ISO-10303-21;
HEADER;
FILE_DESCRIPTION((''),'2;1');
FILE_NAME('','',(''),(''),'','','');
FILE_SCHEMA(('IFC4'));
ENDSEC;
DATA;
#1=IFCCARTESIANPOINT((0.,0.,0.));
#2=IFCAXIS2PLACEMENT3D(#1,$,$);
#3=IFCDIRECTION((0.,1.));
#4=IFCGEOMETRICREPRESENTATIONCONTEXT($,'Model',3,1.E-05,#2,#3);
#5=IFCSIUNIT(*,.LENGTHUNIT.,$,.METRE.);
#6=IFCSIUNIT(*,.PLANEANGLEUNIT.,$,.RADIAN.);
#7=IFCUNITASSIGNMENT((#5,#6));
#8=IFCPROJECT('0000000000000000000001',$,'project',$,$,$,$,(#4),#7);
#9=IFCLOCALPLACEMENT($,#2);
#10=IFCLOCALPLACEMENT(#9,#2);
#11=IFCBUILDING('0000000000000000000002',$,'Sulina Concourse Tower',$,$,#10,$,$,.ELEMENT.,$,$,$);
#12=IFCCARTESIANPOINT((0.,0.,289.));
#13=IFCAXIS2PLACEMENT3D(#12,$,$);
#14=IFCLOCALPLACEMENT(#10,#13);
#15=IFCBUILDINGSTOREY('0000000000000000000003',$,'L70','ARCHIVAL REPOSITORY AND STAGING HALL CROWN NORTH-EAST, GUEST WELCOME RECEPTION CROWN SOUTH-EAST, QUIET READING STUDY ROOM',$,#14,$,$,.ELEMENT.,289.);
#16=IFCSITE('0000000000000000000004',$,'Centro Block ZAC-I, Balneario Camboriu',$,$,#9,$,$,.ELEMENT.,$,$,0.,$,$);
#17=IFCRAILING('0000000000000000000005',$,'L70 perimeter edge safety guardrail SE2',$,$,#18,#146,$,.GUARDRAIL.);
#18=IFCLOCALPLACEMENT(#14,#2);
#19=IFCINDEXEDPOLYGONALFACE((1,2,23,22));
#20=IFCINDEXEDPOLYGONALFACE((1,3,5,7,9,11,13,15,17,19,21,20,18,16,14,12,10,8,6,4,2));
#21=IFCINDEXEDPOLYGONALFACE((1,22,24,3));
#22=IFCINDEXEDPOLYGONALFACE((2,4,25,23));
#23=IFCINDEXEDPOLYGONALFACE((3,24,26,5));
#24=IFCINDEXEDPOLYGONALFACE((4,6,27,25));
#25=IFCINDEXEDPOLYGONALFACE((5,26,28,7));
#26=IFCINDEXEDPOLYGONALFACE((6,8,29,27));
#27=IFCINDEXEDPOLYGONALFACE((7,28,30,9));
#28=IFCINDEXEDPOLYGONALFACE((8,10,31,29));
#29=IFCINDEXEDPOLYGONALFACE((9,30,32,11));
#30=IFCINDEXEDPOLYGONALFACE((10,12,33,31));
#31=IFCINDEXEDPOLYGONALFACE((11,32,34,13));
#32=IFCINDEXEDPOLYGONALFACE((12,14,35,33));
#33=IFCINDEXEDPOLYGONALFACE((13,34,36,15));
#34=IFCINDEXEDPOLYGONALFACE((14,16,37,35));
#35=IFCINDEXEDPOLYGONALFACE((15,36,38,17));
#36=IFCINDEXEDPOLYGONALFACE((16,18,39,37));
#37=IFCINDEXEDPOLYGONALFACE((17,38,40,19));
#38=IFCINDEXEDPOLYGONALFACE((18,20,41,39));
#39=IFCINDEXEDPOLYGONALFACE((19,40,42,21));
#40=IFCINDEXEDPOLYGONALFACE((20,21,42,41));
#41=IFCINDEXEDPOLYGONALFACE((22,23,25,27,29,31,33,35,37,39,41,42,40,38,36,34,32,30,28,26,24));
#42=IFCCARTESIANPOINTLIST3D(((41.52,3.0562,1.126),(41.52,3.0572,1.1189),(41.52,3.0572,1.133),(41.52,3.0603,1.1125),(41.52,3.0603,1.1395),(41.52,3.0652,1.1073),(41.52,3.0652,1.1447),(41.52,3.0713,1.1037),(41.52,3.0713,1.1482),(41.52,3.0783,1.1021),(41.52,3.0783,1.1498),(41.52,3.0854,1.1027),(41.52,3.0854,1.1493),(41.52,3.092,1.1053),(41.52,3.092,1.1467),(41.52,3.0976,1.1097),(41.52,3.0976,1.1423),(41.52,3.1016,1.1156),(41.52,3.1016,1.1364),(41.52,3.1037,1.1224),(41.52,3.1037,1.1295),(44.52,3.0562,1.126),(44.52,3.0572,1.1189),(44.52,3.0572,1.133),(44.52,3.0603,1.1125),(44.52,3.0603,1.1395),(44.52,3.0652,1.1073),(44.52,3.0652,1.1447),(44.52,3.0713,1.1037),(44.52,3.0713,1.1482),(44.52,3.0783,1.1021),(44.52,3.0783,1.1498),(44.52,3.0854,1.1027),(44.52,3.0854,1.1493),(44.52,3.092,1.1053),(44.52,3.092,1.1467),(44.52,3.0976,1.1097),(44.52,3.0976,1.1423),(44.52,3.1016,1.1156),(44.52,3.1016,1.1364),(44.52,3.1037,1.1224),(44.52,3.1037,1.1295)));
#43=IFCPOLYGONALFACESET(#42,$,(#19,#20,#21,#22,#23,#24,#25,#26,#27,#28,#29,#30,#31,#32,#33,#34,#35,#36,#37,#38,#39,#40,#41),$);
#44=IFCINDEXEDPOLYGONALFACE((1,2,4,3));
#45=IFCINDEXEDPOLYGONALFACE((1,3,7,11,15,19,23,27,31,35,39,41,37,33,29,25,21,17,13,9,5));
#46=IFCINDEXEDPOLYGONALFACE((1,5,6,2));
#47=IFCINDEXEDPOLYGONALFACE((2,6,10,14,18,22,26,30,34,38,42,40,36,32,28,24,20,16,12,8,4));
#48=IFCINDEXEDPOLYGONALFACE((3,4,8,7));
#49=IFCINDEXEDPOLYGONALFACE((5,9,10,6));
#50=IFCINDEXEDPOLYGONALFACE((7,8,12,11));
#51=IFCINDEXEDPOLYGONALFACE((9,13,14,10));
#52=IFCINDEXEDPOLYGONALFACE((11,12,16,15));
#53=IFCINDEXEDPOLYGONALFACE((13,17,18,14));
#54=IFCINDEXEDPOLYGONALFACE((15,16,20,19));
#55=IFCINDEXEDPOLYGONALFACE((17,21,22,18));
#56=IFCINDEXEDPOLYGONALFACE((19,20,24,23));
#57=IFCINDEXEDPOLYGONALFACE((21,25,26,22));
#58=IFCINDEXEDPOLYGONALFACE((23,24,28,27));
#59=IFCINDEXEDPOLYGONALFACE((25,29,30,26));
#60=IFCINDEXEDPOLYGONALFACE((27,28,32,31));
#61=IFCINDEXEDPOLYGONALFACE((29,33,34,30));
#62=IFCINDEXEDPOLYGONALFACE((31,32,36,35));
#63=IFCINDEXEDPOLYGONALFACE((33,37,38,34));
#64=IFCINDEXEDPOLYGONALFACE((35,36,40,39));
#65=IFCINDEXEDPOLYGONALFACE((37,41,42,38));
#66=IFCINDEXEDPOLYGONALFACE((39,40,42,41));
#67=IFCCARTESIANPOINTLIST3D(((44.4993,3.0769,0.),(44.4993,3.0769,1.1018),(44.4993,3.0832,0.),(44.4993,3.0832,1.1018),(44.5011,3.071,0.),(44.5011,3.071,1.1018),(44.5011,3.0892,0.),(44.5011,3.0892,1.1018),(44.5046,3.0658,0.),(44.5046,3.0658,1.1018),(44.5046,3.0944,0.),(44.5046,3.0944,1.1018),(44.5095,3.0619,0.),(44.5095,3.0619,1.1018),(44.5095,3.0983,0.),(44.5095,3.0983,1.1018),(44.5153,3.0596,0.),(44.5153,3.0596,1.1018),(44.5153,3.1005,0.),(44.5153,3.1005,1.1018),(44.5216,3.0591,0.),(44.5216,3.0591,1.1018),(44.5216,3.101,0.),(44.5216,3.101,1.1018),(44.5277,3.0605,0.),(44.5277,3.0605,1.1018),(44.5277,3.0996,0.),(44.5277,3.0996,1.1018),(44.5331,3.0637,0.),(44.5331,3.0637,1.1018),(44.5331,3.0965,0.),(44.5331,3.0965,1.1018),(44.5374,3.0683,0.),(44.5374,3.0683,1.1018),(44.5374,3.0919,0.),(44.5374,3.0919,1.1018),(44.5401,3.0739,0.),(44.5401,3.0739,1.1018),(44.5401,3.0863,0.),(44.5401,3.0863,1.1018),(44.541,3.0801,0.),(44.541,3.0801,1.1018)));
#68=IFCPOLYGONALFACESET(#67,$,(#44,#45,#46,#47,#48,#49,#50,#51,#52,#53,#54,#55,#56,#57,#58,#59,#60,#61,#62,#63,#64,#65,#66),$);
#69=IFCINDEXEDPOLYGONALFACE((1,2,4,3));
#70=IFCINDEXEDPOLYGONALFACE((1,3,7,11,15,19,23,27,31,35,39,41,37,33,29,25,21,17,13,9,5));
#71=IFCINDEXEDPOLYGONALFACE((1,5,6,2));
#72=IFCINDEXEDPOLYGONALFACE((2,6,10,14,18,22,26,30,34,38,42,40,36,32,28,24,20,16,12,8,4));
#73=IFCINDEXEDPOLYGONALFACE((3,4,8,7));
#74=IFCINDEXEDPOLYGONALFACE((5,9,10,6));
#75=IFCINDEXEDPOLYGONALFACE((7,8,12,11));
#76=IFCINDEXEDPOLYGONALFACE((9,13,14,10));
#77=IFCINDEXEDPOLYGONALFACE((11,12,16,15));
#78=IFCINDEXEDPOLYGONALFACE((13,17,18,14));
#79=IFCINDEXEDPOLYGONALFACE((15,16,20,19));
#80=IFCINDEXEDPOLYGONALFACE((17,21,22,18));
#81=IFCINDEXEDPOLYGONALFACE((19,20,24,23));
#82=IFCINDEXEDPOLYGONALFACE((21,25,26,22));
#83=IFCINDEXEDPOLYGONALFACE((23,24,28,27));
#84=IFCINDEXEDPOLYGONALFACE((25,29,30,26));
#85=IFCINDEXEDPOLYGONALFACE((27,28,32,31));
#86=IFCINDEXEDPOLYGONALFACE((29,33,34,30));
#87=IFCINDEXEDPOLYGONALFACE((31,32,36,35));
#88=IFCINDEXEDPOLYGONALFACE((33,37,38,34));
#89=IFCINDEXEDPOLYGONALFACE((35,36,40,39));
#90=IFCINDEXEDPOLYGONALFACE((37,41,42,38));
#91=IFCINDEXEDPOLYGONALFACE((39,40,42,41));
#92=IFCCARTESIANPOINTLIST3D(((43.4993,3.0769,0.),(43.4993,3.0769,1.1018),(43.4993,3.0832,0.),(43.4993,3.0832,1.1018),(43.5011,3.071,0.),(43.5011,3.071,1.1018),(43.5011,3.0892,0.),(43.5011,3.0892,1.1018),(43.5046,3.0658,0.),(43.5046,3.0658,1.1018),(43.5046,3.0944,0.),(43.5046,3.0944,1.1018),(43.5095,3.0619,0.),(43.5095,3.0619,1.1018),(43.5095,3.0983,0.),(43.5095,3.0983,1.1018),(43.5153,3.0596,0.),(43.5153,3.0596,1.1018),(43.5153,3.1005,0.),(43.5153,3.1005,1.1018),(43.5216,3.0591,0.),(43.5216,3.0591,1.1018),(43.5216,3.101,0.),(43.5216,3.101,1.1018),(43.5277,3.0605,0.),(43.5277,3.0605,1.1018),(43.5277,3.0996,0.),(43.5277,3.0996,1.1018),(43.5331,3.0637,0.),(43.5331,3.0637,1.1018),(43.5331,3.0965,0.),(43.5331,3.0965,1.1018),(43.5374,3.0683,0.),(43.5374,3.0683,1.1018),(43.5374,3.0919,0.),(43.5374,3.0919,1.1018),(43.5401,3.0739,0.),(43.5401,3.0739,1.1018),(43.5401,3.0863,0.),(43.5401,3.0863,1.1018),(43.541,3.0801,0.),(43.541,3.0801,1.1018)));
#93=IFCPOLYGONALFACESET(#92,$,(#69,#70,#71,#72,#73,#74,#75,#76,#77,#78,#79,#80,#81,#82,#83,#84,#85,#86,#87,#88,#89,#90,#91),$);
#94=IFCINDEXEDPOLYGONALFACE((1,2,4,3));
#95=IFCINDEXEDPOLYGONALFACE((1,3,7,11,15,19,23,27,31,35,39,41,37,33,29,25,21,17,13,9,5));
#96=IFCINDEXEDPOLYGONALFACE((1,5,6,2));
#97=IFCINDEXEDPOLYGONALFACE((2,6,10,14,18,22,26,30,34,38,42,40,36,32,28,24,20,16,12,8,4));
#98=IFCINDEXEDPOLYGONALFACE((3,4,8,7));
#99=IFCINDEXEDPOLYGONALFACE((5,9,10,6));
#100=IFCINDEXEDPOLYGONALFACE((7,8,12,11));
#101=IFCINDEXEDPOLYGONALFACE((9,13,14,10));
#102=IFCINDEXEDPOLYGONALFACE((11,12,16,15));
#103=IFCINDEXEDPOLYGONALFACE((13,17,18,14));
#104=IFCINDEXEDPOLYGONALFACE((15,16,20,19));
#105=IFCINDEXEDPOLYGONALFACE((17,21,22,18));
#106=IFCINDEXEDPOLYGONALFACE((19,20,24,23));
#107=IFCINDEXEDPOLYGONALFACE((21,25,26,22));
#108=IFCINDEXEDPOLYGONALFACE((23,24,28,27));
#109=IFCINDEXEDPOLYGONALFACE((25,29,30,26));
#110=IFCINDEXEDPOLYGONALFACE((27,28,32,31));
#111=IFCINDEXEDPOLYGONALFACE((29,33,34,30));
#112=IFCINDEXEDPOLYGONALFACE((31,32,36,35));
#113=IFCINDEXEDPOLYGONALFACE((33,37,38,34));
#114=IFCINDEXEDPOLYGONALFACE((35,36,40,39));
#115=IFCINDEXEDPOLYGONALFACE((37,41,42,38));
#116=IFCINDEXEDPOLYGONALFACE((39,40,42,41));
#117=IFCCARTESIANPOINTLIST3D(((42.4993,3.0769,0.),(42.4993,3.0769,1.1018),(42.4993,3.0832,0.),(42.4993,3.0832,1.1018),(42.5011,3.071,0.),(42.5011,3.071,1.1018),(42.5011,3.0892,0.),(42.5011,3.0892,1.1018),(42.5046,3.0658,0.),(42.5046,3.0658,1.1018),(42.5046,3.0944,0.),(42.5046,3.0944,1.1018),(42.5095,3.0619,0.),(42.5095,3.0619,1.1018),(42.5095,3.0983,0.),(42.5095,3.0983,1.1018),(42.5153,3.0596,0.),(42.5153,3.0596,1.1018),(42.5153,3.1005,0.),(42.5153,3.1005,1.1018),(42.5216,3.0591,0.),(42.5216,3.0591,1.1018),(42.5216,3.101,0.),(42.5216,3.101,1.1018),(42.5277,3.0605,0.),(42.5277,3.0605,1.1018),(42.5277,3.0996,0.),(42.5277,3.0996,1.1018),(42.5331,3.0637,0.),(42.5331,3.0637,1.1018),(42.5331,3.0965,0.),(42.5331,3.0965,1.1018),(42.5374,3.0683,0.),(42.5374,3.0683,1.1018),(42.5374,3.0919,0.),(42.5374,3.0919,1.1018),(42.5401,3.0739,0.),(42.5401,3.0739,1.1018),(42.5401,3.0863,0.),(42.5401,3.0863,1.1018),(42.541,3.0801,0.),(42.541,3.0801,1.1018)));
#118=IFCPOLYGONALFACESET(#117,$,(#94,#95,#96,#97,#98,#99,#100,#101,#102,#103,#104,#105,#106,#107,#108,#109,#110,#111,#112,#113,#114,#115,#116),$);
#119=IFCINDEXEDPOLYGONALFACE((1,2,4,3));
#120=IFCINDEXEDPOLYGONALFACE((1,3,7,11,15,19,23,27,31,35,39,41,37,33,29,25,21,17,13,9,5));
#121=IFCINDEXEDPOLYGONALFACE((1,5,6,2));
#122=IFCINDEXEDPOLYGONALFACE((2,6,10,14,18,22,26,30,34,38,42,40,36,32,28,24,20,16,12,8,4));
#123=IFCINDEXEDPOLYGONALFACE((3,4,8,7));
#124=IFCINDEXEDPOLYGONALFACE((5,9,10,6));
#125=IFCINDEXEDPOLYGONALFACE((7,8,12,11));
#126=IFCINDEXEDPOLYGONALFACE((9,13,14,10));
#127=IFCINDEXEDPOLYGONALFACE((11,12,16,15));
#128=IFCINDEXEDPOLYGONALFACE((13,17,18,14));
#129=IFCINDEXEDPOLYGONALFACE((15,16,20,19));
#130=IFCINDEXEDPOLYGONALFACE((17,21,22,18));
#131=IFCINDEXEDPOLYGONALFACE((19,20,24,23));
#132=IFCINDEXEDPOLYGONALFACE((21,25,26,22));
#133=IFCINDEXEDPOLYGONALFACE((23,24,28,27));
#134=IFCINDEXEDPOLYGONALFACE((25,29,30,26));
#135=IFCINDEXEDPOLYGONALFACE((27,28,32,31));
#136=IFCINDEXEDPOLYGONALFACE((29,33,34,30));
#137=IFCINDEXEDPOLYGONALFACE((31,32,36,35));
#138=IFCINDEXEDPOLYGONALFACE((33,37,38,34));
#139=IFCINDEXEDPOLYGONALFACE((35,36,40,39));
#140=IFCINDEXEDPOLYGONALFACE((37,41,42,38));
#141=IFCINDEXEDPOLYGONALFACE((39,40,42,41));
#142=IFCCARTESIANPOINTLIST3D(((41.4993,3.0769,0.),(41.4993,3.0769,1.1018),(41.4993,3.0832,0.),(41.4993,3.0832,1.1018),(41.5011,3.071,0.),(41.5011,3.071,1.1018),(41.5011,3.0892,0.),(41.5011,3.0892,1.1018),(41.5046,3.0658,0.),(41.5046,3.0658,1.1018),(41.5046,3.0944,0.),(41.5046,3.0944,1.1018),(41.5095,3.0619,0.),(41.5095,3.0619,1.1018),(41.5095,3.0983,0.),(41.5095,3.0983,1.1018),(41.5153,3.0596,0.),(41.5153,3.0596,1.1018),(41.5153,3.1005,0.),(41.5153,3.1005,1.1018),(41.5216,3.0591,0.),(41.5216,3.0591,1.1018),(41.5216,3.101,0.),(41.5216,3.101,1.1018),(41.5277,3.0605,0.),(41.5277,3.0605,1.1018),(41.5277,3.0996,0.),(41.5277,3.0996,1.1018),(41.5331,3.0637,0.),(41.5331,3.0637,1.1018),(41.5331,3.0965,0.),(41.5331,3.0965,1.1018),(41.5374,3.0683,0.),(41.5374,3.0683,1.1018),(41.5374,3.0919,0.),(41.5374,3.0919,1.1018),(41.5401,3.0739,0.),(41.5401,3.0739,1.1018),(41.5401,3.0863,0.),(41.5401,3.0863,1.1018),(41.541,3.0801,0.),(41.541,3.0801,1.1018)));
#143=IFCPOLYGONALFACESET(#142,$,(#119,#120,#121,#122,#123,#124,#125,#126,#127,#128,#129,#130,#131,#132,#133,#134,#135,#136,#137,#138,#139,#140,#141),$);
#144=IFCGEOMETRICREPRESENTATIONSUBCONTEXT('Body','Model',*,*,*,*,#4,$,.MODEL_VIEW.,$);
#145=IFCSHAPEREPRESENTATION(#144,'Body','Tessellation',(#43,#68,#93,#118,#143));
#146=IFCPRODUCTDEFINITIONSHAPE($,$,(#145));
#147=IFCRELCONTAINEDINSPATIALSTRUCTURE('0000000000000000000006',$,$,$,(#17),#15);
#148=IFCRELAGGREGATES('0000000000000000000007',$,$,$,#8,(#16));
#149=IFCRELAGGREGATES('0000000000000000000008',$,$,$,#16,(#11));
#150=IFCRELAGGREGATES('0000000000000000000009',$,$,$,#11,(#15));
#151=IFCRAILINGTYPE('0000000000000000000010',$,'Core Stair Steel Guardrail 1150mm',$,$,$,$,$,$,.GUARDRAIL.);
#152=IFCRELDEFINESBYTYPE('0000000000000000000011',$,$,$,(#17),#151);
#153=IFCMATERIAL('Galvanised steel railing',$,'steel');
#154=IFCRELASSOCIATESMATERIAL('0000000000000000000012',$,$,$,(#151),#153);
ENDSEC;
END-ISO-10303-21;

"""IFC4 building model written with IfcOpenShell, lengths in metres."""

from ifc_helpers import new_model, si_unit, direction, frame, origin, origin_2d, place, context, subcontext, project, spatial, circle, extrude, material, type_object, element, save


model = new_model("IFC4")

# Units and contexts
model_context = context("Model", 3, precision=1e-05, world=origin(), true_north=direction((0.0, 1.0)))
body_context = subcontext(model_context, "Body", "Model", "MODEL_VIEW")
ifc_project = project(units=[si_unit("LENGTHUNIT", "METRE"), si_unit("PLANEANGLEUNIT", "RADIAN")], contexts=[model_context])

# Site, building, storey
site_placement = place(None, origin())
site = spatial("IfcSite", under=ifc_project, at=site_placement, Name="Centro Block ZAC-I, Balneario Camboriu", CompositionType="ELEMENT", RefElevation=0.0)
building_placement = place(site_placement, origin())
building = spatial("IfcBuilding", under=site, at=building_placement, Name="Sulina Concourse Tower", CompositionType="ELEMENT")
storey_placement = place(building_placement, frame((0.0, 0.0, 289.0)))
storey = spatial("IfcBuildingStorey", under=building, at=storey_placement, Name="L70", Description="ARCHIVAL REPOSITORY AND STAGING HALL CROWN NORTH-EAST, GUEST WELCOME RECEPTION CROWN SOUTH-EAST, QUIET READING STUDY ROOM", CompositionType="ELEMENT", Elevation=289.0)

# Railing
ifc_material_1 = material(Name="Galvanised steel railing", Category="steel")
railing_type_1 = type_object("IfcRailingType", Name="Core Stair Steel Guardrail 1150mm", PredefinedType="GUARDRAIL", material=ifc_material_1)
railing_1_placement = place(storey_placement, frame((44.52, 3.0801, 0.0)))
element("IfcRailing", 1, at=railing_1_placement, inside=storey, type_object=railing_type_1, Name="L70 perimeter edge safety guardrail SE2", PredefinedType="GUARDRAIL", context=body_context, shape_type="SweptSolid", body=[
    extrude(circle(Radius=0.0239, at=origin_2d()), frame((0.0, 0.0, 1.126), z_axis=(-1.0, 0.0, 0.0), x_axis=(0.0, -1.0, 0.0)), (0.0, 0.0, 1.0), 3.0),
    extrude(circle(Radius=0.021, at=origin_2d()), origin(), (0.0, 0.0, 1.0), 1.1018),
    extrude(circle(Radius=0.021, at=origin_2d()), frame((-1.0, 0.0, 0.0)), (0.0, 0.0, 1.0), 1.1018),
    extrude(circle(Radius=0.021, at=origin_2d()), frame((-2.0, 0.0, 0.0)), (0.0, 0.0, 1.0), 1.1018),
    extrude(circle(Radius=0.021, at=origin_2d()), frame((-3.0, 0.0, 0.0)), (0.0, 0.0, 1.0), 1.1018),
])

save(model, "model.ifc")
